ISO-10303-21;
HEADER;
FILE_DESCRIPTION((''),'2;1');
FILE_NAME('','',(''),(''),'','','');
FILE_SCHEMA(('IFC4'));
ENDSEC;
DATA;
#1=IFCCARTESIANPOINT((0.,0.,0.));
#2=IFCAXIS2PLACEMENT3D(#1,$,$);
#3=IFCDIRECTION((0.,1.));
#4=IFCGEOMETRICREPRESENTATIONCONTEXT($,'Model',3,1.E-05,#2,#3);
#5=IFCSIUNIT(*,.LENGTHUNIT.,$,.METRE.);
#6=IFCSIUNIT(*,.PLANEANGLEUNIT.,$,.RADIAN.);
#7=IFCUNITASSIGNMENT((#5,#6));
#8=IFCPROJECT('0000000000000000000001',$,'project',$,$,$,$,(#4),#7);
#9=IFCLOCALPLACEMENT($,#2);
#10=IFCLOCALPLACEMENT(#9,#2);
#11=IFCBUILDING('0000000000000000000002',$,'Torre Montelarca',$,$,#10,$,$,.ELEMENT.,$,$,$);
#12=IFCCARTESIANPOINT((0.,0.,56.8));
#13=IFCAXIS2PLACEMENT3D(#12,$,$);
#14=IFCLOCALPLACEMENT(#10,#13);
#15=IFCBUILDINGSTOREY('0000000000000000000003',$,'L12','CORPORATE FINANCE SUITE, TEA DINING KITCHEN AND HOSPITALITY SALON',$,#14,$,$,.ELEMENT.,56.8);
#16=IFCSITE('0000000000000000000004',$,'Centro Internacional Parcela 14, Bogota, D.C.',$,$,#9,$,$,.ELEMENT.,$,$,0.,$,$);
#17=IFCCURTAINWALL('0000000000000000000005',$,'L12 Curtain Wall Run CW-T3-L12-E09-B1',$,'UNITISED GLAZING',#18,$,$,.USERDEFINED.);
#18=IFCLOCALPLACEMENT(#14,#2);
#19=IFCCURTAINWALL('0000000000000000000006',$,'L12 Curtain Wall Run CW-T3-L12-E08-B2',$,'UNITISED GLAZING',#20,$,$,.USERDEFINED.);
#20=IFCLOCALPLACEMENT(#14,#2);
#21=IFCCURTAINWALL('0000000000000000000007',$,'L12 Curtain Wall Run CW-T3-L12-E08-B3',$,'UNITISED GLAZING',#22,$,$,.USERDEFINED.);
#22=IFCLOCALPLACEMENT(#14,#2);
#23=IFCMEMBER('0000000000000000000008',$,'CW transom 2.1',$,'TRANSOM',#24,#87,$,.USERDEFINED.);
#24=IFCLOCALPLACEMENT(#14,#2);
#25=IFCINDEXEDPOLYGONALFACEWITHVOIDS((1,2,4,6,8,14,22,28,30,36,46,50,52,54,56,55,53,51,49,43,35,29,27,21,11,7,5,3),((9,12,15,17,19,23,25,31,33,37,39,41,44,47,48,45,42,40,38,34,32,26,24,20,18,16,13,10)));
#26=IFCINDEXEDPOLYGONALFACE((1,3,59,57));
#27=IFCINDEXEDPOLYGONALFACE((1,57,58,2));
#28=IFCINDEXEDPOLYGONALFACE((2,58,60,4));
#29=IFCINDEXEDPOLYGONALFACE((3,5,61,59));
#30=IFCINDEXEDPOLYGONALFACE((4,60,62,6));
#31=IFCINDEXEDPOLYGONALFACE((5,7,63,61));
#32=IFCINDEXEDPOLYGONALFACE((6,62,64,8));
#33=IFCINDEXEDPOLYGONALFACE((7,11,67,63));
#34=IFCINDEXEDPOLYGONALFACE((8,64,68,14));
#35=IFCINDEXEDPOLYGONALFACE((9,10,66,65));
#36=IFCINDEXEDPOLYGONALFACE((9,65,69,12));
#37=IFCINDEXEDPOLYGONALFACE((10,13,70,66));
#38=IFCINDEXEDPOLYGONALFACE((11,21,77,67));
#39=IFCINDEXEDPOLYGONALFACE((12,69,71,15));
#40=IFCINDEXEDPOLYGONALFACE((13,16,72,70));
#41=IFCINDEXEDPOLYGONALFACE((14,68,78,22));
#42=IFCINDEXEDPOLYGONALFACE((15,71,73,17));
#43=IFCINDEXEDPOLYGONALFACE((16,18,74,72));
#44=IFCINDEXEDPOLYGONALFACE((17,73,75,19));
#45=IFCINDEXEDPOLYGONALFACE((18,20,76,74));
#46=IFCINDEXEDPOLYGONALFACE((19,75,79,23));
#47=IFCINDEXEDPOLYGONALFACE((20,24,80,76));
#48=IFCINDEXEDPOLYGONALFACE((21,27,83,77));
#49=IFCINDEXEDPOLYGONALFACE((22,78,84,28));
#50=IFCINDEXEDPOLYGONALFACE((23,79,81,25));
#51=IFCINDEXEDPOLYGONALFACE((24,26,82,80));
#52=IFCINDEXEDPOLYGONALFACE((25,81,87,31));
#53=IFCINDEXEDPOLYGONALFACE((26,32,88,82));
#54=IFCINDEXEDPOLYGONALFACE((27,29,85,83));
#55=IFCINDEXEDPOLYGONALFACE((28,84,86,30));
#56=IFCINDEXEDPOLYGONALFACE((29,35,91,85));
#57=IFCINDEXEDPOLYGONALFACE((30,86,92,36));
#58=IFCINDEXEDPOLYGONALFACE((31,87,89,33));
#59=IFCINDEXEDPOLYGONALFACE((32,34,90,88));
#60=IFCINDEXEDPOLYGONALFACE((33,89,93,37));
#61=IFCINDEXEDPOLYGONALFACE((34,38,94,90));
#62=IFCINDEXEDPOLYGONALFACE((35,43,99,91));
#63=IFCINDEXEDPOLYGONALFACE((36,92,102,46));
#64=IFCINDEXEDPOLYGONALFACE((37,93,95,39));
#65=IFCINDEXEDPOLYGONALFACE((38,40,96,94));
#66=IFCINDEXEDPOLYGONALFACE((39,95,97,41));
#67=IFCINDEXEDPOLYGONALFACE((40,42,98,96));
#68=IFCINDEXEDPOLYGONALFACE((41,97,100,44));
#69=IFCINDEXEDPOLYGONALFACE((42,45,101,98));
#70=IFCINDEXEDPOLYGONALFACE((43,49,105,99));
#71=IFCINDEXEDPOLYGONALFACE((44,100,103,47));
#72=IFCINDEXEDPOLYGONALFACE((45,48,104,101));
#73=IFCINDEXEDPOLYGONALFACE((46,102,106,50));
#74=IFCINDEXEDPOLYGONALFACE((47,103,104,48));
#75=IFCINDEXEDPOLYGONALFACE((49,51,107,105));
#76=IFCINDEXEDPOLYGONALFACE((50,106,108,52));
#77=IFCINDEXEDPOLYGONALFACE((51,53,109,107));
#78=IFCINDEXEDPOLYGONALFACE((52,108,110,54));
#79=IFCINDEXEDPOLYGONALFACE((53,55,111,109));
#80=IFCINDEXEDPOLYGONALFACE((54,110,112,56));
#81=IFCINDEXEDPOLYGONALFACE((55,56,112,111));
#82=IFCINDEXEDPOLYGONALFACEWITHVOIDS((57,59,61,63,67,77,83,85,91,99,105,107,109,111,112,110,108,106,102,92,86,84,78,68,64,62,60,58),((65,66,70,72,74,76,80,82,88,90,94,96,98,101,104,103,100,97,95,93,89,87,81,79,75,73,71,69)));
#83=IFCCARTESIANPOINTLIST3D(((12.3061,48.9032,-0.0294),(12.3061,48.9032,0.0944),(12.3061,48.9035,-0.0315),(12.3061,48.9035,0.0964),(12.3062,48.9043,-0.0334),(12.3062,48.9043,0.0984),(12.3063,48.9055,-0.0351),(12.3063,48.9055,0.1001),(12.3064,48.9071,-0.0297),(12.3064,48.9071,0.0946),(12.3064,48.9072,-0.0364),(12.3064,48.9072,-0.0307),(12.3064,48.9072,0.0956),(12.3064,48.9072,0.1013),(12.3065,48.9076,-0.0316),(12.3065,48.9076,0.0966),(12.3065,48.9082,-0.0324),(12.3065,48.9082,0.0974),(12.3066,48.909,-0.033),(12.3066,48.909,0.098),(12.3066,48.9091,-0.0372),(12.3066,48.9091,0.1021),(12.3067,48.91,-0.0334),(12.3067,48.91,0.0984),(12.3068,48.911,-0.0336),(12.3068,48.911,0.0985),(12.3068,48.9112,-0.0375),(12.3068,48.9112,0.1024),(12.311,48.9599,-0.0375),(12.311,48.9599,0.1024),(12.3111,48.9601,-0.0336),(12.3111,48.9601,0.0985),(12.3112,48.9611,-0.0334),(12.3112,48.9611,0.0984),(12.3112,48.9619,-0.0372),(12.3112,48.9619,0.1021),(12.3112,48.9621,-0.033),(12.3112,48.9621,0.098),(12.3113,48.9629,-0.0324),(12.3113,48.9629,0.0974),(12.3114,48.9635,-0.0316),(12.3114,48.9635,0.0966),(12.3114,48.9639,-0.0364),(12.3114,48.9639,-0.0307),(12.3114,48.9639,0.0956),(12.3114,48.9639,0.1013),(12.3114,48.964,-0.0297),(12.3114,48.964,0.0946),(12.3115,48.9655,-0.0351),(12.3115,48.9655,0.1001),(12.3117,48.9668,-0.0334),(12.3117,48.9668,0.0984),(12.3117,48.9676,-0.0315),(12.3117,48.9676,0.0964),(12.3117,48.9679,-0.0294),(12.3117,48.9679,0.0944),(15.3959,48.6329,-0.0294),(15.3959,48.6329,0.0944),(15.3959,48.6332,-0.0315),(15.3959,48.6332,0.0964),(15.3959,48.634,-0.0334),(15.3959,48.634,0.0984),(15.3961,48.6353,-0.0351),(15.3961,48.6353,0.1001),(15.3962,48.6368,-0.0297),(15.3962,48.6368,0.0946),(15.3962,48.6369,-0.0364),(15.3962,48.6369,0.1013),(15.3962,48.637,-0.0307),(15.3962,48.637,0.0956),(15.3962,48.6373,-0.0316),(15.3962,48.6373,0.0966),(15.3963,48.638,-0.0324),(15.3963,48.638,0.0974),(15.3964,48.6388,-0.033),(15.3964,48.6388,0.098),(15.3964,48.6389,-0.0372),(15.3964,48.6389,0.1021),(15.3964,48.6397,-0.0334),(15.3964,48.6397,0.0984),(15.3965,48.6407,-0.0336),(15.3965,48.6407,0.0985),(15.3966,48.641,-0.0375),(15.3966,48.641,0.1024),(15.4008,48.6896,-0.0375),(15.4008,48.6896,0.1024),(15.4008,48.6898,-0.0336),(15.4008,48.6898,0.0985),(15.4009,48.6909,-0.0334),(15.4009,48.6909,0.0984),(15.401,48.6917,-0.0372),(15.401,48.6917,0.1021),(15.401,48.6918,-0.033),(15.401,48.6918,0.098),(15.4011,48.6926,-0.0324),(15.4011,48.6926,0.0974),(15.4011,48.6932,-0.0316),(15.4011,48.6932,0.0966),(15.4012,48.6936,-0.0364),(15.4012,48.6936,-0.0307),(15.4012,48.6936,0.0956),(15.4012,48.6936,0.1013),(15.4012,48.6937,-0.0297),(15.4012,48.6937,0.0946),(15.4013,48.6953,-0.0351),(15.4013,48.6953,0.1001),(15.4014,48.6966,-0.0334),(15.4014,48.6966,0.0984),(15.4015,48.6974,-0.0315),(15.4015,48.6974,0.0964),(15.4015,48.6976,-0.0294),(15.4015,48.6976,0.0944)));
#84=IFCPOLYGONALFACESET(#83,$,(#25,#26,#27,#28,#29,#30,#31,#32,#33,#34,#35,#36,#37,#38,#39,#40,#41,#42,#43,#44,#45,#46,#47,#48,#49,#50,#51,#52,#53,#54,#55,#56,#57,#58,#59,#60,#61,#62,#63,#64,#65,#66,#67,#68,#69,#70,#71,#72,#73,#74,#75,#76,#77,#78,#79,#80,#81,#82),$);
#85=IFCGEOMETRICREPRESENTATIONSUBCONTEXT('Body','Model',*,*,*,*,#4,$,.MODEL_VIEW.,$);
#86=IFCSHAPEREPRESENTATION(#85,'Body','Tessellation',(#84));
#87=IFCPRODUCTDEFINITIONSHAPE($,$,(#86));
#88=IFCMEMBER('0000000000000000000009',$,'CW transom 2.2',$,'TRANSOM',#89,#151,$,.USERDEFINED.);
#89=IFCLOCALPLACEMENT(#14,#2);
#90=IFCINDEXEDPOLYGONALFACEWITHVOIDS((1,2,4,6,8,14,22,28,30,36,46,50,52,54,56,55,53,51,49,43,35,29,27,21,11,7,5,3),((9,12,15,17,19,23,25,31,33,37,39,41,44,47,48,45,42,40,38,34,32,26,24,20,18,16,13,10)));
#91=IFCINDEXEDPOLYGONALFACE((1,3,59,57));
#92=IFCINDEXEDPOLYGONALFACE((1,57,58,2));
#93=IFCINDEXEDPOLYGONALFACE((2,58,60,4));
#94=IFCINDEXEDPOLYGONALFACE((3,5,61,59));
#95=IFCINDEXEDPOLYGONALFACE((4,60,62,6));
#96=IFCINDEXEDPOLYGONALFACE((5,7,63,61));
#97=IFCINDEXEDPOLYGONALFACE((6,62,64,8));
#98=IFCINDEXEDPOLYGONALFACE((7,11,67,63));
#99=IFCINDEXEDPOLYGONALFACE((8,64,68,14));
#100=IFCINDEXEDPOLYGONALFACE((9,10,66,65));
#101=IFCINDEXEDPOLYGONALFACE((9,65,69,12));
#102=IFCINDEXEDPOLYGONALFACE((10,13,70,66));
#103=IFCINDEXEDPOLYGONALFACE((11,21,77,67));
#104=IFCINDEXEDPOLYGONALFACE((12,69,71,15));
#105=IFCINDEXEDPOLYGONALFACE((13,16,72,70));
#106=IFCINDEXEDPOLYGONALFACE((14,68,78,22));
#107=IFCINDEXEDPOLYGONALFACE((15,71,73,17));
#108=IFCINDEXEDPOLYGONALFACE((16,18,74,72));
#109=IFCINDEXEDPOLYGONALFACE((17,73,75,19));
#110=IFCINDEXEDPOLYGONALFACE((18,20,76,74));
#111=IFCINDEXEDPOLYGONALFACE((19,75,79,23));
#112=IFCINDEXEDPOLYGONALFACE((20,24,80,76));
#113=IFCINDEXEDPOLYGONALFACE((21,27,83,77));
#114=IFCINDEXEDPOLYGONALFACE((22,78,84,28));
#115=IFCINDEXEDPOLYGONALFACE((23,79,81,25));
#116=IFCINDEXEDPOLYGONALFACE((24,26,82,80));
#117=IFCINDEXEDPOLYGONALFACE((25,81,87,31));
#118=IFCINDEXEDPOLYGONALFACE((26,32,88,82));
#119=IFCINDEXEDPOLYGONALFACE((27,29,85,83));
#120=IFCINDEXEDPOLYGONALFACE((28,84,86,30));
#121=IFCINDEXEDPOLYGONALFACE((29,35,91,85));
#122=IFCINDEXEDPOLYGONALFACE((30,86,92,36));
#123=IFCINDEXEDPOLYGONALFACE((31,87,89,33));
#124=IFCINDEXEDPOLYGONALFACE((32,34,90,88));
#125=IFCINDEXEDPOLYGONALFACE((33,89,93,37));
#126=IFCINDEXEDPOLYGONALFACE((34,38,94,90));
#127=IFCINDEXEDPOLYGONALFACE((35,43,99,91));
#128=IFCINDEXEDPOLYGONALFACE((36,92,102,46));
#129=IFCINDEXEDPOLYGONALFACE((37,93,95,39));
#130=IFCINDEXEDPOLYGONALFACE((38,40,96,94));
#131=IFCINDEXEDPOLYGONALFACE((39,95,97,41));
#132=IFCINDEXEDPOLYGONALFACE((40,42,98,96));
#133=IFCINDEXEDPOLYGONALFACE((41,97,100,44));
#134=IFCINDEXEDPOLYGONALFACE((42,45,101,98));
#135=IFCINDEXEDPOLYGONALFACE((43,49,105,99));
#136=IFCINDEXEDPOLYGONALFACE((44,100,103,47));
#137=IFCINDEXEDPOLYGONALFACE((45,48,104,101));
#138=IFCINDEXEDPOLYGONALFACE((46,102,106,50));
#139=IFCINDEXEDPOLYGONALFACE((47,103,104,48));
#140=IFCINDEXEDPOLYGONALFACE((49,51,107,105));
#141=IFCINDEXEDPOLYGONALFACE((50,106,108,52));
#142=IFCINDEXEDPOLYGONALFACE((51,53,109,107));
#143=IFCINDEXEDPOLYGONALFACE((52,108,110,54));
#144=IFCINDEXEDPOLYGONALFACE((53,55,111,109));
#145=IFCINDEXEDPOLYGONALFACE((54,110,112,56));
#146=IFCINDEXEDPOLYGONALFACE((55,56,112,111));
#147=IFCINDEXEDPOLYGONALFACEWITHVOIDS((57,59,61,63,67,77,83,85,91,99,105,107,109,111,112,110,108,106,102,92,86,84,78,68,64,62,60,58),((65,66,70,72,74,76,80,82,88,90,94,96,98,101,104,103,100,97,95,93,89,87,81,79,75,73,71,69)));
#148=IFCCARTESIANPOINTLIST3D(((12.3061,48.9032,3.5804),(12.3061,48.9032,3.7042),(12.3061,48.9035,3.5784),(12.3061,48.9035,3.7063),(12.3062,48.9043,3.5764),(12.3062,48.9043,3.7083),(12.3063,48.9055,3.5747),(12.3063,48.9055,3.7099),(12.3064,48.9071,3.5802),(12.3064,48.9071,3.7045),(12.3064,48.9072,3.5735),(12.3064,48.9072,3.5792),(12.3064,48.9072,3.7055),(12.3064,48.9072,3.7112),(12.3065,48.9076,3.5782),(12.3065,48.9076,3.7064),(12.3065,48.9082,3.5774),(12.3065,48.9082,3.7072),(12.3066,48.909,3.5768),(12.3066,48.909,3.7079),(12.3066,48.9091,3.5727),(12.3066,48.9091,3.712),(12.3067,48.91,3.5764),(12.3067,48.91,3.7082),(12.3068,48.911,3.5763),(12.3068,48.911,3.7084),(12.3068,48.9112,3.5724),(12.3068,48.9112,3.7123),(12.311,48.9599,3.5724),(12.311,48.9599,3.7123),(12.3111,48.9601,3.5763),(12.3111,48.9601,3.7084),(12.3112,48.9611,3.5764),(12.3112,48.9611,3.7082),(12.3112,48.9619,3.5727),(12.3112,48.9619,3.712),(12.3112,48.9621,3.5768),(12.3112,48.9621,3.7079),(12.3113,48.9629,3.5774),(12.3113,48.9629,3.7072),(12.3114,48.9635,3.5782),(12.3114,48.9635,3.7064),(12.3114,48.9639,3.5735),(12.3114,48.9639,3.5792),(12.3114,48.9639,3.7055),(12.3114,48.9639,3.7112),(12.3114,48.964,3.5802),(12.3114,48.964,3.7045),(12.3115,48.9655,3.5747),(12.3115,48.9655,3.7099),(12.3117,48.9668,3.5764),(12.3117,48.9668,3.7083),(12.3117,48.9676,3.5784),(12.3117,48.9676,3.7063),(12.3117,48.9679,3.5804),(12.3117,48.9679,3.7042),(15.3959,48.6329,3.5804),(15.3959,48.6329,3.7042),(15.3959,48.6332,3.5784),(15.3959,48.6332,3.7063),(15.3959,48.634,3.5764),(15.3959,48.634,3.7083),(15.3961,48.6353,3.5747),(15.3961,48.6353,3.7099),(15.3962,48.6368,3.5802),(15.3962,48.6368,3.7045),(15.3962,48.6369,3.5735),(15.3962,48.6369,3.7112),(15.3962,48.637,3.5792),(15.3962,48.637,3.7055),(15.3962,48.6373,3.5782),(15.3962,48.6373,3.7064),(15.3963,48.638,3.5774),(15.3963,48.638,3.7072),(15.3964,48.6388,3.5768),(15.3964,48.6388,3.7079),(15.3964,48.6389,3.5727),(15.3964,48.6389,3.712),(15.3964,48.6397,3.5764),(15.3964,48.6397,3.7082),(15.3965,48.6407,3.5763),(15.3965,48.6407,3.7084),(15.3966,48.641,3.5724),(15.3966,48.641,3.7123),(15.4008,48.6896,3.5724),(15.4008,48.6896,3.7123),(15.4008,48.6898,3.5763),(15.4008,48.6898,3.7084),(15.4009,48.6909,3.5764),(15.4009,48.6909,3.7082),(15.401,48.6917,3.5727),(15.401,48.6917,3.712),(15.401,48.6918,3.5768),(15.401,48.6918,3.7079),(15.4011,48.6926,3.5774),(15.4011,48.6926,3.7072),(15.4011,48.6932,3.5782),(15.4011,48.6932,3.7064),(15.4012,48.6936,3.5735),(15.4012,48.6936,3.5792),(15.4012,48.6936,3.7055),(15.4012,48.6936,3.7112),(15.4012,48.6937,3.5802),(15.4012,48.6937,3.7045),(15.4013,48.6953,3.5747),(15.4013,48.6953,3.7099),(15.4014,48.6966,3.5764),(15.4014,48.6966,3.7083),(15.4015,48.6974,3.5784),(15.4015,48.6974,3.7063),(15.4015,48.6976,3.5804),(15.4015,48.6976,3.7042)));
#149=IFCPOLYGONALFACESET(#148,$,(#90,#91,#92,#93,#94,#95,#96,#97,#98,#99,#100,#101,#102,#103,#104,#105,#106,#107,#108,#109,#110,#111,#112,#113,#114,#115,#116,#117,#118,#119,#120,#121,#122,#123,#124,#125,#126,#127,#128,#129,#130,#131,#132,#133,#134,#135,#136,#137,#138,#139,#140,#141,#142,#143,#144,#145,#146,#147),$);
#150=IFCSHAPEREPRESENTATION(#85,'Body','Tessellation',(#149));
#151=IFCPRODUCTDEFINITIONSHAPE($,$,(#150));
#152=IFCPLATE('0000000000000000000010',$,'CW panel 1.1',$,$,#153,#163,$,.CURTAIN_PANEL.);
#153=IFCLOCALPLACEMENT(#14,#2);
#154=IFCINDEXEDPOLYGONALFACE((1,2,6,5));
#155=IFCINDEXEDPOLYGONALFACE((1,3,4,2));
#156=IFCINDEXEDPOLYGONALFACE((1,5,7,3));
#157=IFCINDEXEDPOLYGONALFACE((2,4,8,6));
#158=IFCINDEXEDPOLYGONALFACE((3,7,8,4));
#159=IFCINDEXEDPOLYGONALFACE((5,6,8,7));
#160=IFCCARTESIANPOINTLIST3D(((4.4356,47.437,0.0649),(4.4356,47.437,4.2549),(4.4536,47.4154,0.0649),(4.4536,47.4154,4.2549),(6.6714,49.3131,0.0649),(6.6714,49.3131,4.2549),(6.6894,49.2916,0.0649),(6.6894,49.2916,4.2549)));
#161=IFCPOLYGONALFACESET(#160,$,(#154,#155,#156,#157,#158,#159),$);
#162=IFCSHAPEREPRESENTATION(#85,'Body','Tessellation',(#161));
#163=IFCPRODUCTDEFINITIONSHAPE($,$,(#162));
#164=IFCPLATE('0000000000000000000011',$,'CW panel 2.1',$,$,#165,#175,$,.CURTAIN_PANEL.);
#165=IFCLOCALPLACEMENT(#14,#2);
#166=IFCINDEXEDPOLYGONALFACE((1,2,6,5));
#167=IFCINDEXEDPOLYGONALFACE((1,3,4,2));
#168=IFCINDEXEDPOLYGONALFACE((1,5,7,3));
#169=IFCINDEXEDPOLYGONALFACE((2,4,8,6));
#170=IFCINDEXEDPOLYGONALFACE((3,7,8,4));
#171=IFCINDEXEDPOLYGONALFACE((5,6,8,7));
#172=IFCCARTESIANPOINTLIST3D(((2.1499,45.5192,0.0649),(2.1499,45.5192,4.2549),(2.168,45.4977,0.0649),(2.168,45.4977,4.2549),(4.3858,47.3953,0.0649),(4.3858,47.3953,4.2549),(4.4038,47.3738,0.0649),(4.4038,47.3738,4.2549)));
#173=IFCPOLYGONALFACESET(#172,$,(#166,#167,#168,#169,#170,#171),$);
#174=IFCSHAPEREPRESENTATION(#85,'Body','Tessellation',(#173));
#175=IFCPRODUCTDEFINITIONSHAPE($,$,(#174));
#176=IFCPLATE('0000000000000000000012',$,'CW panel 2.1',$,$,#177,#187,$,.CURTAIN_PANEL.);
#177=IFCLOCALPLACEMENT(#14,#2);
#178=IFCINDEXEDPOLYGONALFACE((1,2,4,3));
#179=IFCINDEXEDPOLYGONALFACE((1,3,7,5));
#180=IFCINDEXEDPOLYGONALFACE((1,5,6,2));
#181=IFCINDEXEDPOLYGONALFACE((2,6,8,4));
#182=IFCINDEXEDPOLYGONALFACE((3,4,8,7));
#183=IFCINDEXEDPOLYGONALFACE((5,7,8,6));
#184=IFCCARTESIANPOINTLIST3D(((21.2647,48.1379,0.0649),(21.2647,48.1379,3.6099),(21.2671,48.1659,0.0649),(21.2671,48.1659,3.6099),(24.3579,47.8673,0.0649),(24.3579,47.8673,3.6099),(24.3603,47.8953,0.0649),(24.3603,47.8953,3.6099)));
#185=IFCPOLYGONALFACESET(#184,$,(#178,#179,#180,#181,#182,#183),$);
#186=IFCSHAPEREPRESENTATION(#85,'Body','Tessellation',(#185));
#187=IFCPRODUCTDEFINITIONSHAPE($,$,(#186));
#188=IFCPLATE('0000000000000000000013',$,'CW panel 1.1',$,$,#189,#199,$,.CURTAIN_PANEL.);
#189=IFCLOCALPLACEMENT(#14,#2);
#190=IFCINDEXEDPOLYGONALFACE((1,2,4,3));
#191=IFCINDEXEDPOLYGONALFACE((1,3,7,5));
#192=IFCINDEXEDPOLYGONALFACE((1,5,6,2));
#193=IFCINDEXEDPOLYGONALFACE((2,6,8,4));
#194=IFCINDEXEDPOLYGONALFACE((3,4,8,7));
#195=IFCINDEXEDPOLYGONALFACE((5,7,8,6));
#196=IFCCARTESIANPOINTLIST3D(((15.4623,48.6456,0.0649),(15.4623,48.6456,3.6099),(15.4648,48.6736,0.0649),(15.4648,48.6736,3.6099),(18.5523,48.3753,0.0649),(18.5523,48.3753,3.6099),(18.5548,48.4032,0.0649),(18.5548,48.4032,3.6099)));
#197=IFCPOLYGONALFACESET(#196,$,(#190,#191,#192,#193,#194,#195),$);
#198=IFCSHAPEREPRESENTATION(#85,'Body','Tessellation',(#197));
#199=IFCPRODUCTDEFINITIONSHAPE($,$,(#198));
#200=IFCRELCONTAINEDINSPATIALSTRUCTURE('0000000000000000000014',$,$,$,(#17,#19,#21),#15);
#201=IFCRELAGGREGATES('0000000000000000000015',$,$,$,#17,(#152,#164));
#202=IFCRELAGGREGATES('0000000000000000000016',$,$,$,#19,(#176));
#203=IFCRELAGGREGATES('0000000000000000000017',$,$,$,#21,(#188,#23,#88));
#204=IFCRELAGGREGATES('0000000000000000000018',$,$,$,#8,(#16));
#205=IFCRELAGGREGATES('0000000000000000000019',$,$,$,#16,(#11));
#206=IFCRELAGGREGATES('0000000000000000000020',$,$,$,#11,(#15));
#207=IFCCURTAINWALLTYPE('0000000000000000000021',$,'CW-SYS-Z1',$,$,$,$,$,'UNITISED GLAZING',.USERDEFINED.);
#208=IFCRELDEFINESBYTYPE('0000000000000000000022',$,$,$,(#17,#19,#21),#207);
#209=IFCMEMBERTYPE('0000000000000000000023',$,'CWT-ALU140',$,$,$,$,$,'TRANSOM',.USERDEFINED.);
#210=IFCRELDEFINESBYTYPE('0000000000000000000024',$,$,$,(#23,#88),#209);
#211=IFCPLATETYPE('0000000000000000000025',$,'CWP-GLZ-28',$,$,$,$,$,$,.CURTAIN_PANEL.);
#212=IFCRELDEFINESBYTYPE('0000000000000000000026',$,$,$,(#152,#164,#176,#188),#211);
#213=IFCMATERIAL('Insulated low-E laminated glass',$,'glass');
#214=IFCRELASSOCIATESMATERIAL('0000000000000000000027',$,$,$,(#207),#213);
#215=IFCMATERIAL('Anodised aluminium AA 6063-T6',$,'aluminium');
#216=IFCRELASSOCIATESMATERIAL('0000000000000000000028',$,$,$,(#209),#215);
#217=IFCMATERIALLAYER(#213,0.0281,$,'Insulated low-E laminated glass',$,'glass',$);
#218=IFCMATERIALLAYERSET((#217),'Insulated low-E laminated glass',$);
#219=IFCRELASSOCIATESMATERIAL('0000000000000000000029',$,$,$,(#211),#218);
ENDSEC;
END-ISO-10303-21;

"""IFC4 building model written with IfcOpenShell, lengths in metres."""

from ifc_helpers import new_model, si_unit, direction, frame, origin, origin_2d, place, context, subcontext, project, spatial, rectangle, hollow_rectangle, extrude, source, transform, mapped, material, layer, layer_set, material_profile, profile_set, type_object, element, aggregate, save


model = new_model("IFC4")

# Units and contexts
model_context = context("Model", 3, precision=1e-05, world=origin(), true_north=direction((0.0, 1.0)))
body_context = subcontext(model_context, "Body", "Model", "MODEL_VIEW")
ifc_project = project(units=[si_unit("LENGTHUNIT", "METRE"), si_unit("PLANEANGLEUNIT", "RADIAN")], contexts=[model_context])

# Site, building, storey
site_placement = place(None, origin())
site = spatial("IfcSite", under=ifc_project, at=site_placement, Name="Centro Internacional Parcela 14, Bogota, D.C.", CompositionType="ELEMENT", RefElevation=0.0)
building_placement = place(site_placement, origin())
building = spatial("IfcBuilding", under=site, at=building_placement, Name="Torre Montelarca", CompositionType="ELEMENT")
storey_placement = place(building_placement, frame((0.0, 0.0, 56.8)))
storey = spatial("IfcBuildingStorey", under=building, at=storey_placement, Name="L12", Description="CORPORATE FINANCE SUITE, TEA DINING KITCHEN AND HOSPITALITY SALON", CompositionType="ELEMENT", Elevation=56.8)

# Curtain wall
ifc_material_1 = material(Name="Insulated low-E laminated glass", Category="glass")
curtain_wall_type = type_object("IfcCurtainWallType", Name="CW-SYS-Z1", ElementType="UNITISED GLAZING", PredefinedType="USERDEFINED", material=ifc_material_1)
curtain_wall_1_placement = place(storey_placement, origin())
curtain_wall_1 = element("IfcCurtainWall", 1, at=curtain_wall_1_placement, inside=storey, type_object=curtain_wall_type, Name="L12 Curtain Wall Run CW-T3-L12-E09-B1", ObjectType="UNITISED GLAZING", PredefinedType="USERDEFINED")
ifc_material_2 = material(Name="Anodised aluminium AA 6063-T6", Category="aluminium")

# Shared definitions
ifc_material_profile_1 = material_profile(ifc_material_2, hollow_rectangle(XDim=0.0649, YDim=0.1399, WallThickness=0.0039, InnerFilletRadius=0.0039, OuterFilletRadius=0.0081, at=origin_2d()), Name="ALU65X140X4", Category="aluminium")
ifc_profile_set_1 = profile_set([ifc_material_profile_1], Name="Anodised aluminium AA 6063-T6")
member_type_1 = type_object("IfcMemberType", Name="CWT-ALU140", ElementType="TRANSOM", PredefinedType="USERDEFINED", material=ifc_profile_set_1)

# Curtain wall
curtain_wall_2_placement = place(storey_placement, origin())
curtain_wall_2 = element("IfcCurtainWall", 2, at=curtain_wall_2_placement, inside=storey, type_object=curtain_wall_type, Name="L12 Curtain Wall Run CW-T3-L12-E08-B2", ObjectType="UNITISED GLAZING", PredefinedType="USERDEFINED")

# Curtain wall
curtain_wall_3_placement = place(storey_placement, origin())
curtain_wall_3 = element("IfcCurtainWall", 3, at=curtain_wall_3_placement, inside=storey, type_object=curtain_wall_type, Name="L12 Curtain Wall Run CW-T3-L12-E08-B3", ObjectType="UNITISED GLAZING", PredefinedType="USERDEFINED")

# Members
shared_shape_1 = source(origin(), body_context, "Body", "SweptSolid", [
    extrude(hollow_rectangle(XDim=0.0649, YDim=0.1399, WallThickness=0.0039, InnerFilletRadius=0.0039, OuterFilletRadius=0.0081, at=origin_2d()), origin(), (0.0, 0.0, 1.0), 3.1016),
])
member_1_placement = place(storey_placement, frame((15.3987, 48.6653, 0.0325), z_axis=(-0.996196, 0.087136, 0.0), x_axis=(-0.087136, -0.996196, 0.0)))
member_1 = element("IfcMember", 4, at=member_1_placement, type_object=member_type_1, Name="CW transom 2.1", ObjectType="TRANSOM", PredefinedType="USERDEFINED", context=body_context, shape_type="MappedRepresentation", body=[
    mapped(shared_shape_1, transform((0.0, 0.0, 0.0), scale=1.0)),
])
member_2_placement = place(storey_placement, frame((15.3987, 48.6653, 3.6423), z_axis=(-0.996196, 0.087136, 0.0), x_axis=(-0.087136, -0.996196, 0.0)))
member_2 = element("IfcMember", 5, at=member_2_placement, type_object=member_type_1, Name="CW transom 2.2", ObjectType="TRANSOM", PredefinedType="USERDEFINED", context=body_context, shape_type="MappedRepresentation", body=[
    mapped(shared_shape_1, transform((0.0, 0.0, 0.0), scale=1.0)),
])

# Plates
ifc_layer_1 = layer(ifc_material_1, 0.0281, Name="Insulated low-E laminated glass", Category="glass")
ifc_layer_set_1 = layer_set([ifc_layer_1], Name="Insulated low-E laminated glass")
plate_type = type_object("IfcPlateType", Name="CWP-GLZ-28", PredefinedType="CURTAIN_PANEL", material=ifc_layer_set_1)
shared_shape_2 = source(origin(), body_context, "Body", "SweptSolid", [
    extrude(rectangle(XDim=2.9187, YDim=0.0281, at=origin_2d()), origin(), (0.0, 0.0, 1.0), 4.1899),
])
plate_1_placement = place(storey_placement, frame((5.5625, 48.3643, 0.0649), z_axis=(0.0, 0.0, 1.0), x_axis=(-0.766043, -0.64279, 0.0)))
plate_1 = element("IfcPlate", 6, at=plate_1_placement, type_object=plate_type, Name="CW panel 1.1", PredefinedType="CURTAIN_PANEL", context=body_context, shape_type="MappedRepresentation", body=[
    mapped(shared_shape_2, transform((0.0, 0.0, 0.0), scale=1.0)),
])
plate_2_placement = place(storey_placement, frame((3.2769, 46.4465, 0.0649), z_axis=(0.0, 0.0, 1.0), x_axis=(-0.766043, -0.64279, 0.0)))
plate_2 = element("IfcPlate", 7, at=plate_2_placement, type_object=plate_type, Name="CW panel 2.1", PredefinedType="CURTAIN_PANEL", context=body_context, shape_type="MappedRepresentation", body=[
    mapped(shared_shape_2, transform((0.0, 0.0, 0.0), scale=1.0)),
])
aggregate(curtain_wall_1, [plate_1, plate_2])
shared_shape_3 = source(origin(), body_context, "Body", "SweptSolid", [
    extrude(rectangle(XDim=3.105, YDim=0.0281, at=origin_2d()), origin(), (0.0, 0.0, 1.0), 3.5449),
])
plate_3_placement = place(storey_placement, frame((22.8125, 48.0166, 0.0649), z_axis=(0.0, 0.0, 1.0), x_axis=(-0.996194, 0.087165, 0.0)))
plate_3 = element("IfcPlate", 8, at=plate_3_placement, type_object=plate_type, Name="CW panel 2.1", PredefinedType="CURTAIN_PANEL", context=body_context, shape_type="MappedRepresentation", body=[
    mapped(shared_shape_3, transform((0.0, 0.0, 0.0), scale=1.0)),
])
aggregate(curtain_wall_2, [plate_3])
shared_shape_4 = source(origin(), body_context, "Body", "SweptSolid", [
    extrude(rectangle(XDim=3.1018, YDim=0.0281, at=origin_2d()), origin(), (0.0, 0.0, 1.0), 3.5449),
])
plate_4_placement = place(storey_placement, frame((17.0085, 48.5244, 0.0649), z_axis=(0.0, 0.0, 1.0), x_axis=(-0.996194, 0.08716, 0.0)))
plate_4 = element("IfcPlate", 9, at=plate_4_placement, type_object=plate_type, Name="CW panel 1.1", PredefinedType="CURTAIN_PANEL", context=body_context, shape_type="MappedRepresentation", body=[
    mapped(shared_shape_4, transform((0.0, 0.0, 0.0), scale=1.0)),
])
aggregate(curtain_wall_3, [plate_4, member_1, member_2])

save(model, "model.ifc")
